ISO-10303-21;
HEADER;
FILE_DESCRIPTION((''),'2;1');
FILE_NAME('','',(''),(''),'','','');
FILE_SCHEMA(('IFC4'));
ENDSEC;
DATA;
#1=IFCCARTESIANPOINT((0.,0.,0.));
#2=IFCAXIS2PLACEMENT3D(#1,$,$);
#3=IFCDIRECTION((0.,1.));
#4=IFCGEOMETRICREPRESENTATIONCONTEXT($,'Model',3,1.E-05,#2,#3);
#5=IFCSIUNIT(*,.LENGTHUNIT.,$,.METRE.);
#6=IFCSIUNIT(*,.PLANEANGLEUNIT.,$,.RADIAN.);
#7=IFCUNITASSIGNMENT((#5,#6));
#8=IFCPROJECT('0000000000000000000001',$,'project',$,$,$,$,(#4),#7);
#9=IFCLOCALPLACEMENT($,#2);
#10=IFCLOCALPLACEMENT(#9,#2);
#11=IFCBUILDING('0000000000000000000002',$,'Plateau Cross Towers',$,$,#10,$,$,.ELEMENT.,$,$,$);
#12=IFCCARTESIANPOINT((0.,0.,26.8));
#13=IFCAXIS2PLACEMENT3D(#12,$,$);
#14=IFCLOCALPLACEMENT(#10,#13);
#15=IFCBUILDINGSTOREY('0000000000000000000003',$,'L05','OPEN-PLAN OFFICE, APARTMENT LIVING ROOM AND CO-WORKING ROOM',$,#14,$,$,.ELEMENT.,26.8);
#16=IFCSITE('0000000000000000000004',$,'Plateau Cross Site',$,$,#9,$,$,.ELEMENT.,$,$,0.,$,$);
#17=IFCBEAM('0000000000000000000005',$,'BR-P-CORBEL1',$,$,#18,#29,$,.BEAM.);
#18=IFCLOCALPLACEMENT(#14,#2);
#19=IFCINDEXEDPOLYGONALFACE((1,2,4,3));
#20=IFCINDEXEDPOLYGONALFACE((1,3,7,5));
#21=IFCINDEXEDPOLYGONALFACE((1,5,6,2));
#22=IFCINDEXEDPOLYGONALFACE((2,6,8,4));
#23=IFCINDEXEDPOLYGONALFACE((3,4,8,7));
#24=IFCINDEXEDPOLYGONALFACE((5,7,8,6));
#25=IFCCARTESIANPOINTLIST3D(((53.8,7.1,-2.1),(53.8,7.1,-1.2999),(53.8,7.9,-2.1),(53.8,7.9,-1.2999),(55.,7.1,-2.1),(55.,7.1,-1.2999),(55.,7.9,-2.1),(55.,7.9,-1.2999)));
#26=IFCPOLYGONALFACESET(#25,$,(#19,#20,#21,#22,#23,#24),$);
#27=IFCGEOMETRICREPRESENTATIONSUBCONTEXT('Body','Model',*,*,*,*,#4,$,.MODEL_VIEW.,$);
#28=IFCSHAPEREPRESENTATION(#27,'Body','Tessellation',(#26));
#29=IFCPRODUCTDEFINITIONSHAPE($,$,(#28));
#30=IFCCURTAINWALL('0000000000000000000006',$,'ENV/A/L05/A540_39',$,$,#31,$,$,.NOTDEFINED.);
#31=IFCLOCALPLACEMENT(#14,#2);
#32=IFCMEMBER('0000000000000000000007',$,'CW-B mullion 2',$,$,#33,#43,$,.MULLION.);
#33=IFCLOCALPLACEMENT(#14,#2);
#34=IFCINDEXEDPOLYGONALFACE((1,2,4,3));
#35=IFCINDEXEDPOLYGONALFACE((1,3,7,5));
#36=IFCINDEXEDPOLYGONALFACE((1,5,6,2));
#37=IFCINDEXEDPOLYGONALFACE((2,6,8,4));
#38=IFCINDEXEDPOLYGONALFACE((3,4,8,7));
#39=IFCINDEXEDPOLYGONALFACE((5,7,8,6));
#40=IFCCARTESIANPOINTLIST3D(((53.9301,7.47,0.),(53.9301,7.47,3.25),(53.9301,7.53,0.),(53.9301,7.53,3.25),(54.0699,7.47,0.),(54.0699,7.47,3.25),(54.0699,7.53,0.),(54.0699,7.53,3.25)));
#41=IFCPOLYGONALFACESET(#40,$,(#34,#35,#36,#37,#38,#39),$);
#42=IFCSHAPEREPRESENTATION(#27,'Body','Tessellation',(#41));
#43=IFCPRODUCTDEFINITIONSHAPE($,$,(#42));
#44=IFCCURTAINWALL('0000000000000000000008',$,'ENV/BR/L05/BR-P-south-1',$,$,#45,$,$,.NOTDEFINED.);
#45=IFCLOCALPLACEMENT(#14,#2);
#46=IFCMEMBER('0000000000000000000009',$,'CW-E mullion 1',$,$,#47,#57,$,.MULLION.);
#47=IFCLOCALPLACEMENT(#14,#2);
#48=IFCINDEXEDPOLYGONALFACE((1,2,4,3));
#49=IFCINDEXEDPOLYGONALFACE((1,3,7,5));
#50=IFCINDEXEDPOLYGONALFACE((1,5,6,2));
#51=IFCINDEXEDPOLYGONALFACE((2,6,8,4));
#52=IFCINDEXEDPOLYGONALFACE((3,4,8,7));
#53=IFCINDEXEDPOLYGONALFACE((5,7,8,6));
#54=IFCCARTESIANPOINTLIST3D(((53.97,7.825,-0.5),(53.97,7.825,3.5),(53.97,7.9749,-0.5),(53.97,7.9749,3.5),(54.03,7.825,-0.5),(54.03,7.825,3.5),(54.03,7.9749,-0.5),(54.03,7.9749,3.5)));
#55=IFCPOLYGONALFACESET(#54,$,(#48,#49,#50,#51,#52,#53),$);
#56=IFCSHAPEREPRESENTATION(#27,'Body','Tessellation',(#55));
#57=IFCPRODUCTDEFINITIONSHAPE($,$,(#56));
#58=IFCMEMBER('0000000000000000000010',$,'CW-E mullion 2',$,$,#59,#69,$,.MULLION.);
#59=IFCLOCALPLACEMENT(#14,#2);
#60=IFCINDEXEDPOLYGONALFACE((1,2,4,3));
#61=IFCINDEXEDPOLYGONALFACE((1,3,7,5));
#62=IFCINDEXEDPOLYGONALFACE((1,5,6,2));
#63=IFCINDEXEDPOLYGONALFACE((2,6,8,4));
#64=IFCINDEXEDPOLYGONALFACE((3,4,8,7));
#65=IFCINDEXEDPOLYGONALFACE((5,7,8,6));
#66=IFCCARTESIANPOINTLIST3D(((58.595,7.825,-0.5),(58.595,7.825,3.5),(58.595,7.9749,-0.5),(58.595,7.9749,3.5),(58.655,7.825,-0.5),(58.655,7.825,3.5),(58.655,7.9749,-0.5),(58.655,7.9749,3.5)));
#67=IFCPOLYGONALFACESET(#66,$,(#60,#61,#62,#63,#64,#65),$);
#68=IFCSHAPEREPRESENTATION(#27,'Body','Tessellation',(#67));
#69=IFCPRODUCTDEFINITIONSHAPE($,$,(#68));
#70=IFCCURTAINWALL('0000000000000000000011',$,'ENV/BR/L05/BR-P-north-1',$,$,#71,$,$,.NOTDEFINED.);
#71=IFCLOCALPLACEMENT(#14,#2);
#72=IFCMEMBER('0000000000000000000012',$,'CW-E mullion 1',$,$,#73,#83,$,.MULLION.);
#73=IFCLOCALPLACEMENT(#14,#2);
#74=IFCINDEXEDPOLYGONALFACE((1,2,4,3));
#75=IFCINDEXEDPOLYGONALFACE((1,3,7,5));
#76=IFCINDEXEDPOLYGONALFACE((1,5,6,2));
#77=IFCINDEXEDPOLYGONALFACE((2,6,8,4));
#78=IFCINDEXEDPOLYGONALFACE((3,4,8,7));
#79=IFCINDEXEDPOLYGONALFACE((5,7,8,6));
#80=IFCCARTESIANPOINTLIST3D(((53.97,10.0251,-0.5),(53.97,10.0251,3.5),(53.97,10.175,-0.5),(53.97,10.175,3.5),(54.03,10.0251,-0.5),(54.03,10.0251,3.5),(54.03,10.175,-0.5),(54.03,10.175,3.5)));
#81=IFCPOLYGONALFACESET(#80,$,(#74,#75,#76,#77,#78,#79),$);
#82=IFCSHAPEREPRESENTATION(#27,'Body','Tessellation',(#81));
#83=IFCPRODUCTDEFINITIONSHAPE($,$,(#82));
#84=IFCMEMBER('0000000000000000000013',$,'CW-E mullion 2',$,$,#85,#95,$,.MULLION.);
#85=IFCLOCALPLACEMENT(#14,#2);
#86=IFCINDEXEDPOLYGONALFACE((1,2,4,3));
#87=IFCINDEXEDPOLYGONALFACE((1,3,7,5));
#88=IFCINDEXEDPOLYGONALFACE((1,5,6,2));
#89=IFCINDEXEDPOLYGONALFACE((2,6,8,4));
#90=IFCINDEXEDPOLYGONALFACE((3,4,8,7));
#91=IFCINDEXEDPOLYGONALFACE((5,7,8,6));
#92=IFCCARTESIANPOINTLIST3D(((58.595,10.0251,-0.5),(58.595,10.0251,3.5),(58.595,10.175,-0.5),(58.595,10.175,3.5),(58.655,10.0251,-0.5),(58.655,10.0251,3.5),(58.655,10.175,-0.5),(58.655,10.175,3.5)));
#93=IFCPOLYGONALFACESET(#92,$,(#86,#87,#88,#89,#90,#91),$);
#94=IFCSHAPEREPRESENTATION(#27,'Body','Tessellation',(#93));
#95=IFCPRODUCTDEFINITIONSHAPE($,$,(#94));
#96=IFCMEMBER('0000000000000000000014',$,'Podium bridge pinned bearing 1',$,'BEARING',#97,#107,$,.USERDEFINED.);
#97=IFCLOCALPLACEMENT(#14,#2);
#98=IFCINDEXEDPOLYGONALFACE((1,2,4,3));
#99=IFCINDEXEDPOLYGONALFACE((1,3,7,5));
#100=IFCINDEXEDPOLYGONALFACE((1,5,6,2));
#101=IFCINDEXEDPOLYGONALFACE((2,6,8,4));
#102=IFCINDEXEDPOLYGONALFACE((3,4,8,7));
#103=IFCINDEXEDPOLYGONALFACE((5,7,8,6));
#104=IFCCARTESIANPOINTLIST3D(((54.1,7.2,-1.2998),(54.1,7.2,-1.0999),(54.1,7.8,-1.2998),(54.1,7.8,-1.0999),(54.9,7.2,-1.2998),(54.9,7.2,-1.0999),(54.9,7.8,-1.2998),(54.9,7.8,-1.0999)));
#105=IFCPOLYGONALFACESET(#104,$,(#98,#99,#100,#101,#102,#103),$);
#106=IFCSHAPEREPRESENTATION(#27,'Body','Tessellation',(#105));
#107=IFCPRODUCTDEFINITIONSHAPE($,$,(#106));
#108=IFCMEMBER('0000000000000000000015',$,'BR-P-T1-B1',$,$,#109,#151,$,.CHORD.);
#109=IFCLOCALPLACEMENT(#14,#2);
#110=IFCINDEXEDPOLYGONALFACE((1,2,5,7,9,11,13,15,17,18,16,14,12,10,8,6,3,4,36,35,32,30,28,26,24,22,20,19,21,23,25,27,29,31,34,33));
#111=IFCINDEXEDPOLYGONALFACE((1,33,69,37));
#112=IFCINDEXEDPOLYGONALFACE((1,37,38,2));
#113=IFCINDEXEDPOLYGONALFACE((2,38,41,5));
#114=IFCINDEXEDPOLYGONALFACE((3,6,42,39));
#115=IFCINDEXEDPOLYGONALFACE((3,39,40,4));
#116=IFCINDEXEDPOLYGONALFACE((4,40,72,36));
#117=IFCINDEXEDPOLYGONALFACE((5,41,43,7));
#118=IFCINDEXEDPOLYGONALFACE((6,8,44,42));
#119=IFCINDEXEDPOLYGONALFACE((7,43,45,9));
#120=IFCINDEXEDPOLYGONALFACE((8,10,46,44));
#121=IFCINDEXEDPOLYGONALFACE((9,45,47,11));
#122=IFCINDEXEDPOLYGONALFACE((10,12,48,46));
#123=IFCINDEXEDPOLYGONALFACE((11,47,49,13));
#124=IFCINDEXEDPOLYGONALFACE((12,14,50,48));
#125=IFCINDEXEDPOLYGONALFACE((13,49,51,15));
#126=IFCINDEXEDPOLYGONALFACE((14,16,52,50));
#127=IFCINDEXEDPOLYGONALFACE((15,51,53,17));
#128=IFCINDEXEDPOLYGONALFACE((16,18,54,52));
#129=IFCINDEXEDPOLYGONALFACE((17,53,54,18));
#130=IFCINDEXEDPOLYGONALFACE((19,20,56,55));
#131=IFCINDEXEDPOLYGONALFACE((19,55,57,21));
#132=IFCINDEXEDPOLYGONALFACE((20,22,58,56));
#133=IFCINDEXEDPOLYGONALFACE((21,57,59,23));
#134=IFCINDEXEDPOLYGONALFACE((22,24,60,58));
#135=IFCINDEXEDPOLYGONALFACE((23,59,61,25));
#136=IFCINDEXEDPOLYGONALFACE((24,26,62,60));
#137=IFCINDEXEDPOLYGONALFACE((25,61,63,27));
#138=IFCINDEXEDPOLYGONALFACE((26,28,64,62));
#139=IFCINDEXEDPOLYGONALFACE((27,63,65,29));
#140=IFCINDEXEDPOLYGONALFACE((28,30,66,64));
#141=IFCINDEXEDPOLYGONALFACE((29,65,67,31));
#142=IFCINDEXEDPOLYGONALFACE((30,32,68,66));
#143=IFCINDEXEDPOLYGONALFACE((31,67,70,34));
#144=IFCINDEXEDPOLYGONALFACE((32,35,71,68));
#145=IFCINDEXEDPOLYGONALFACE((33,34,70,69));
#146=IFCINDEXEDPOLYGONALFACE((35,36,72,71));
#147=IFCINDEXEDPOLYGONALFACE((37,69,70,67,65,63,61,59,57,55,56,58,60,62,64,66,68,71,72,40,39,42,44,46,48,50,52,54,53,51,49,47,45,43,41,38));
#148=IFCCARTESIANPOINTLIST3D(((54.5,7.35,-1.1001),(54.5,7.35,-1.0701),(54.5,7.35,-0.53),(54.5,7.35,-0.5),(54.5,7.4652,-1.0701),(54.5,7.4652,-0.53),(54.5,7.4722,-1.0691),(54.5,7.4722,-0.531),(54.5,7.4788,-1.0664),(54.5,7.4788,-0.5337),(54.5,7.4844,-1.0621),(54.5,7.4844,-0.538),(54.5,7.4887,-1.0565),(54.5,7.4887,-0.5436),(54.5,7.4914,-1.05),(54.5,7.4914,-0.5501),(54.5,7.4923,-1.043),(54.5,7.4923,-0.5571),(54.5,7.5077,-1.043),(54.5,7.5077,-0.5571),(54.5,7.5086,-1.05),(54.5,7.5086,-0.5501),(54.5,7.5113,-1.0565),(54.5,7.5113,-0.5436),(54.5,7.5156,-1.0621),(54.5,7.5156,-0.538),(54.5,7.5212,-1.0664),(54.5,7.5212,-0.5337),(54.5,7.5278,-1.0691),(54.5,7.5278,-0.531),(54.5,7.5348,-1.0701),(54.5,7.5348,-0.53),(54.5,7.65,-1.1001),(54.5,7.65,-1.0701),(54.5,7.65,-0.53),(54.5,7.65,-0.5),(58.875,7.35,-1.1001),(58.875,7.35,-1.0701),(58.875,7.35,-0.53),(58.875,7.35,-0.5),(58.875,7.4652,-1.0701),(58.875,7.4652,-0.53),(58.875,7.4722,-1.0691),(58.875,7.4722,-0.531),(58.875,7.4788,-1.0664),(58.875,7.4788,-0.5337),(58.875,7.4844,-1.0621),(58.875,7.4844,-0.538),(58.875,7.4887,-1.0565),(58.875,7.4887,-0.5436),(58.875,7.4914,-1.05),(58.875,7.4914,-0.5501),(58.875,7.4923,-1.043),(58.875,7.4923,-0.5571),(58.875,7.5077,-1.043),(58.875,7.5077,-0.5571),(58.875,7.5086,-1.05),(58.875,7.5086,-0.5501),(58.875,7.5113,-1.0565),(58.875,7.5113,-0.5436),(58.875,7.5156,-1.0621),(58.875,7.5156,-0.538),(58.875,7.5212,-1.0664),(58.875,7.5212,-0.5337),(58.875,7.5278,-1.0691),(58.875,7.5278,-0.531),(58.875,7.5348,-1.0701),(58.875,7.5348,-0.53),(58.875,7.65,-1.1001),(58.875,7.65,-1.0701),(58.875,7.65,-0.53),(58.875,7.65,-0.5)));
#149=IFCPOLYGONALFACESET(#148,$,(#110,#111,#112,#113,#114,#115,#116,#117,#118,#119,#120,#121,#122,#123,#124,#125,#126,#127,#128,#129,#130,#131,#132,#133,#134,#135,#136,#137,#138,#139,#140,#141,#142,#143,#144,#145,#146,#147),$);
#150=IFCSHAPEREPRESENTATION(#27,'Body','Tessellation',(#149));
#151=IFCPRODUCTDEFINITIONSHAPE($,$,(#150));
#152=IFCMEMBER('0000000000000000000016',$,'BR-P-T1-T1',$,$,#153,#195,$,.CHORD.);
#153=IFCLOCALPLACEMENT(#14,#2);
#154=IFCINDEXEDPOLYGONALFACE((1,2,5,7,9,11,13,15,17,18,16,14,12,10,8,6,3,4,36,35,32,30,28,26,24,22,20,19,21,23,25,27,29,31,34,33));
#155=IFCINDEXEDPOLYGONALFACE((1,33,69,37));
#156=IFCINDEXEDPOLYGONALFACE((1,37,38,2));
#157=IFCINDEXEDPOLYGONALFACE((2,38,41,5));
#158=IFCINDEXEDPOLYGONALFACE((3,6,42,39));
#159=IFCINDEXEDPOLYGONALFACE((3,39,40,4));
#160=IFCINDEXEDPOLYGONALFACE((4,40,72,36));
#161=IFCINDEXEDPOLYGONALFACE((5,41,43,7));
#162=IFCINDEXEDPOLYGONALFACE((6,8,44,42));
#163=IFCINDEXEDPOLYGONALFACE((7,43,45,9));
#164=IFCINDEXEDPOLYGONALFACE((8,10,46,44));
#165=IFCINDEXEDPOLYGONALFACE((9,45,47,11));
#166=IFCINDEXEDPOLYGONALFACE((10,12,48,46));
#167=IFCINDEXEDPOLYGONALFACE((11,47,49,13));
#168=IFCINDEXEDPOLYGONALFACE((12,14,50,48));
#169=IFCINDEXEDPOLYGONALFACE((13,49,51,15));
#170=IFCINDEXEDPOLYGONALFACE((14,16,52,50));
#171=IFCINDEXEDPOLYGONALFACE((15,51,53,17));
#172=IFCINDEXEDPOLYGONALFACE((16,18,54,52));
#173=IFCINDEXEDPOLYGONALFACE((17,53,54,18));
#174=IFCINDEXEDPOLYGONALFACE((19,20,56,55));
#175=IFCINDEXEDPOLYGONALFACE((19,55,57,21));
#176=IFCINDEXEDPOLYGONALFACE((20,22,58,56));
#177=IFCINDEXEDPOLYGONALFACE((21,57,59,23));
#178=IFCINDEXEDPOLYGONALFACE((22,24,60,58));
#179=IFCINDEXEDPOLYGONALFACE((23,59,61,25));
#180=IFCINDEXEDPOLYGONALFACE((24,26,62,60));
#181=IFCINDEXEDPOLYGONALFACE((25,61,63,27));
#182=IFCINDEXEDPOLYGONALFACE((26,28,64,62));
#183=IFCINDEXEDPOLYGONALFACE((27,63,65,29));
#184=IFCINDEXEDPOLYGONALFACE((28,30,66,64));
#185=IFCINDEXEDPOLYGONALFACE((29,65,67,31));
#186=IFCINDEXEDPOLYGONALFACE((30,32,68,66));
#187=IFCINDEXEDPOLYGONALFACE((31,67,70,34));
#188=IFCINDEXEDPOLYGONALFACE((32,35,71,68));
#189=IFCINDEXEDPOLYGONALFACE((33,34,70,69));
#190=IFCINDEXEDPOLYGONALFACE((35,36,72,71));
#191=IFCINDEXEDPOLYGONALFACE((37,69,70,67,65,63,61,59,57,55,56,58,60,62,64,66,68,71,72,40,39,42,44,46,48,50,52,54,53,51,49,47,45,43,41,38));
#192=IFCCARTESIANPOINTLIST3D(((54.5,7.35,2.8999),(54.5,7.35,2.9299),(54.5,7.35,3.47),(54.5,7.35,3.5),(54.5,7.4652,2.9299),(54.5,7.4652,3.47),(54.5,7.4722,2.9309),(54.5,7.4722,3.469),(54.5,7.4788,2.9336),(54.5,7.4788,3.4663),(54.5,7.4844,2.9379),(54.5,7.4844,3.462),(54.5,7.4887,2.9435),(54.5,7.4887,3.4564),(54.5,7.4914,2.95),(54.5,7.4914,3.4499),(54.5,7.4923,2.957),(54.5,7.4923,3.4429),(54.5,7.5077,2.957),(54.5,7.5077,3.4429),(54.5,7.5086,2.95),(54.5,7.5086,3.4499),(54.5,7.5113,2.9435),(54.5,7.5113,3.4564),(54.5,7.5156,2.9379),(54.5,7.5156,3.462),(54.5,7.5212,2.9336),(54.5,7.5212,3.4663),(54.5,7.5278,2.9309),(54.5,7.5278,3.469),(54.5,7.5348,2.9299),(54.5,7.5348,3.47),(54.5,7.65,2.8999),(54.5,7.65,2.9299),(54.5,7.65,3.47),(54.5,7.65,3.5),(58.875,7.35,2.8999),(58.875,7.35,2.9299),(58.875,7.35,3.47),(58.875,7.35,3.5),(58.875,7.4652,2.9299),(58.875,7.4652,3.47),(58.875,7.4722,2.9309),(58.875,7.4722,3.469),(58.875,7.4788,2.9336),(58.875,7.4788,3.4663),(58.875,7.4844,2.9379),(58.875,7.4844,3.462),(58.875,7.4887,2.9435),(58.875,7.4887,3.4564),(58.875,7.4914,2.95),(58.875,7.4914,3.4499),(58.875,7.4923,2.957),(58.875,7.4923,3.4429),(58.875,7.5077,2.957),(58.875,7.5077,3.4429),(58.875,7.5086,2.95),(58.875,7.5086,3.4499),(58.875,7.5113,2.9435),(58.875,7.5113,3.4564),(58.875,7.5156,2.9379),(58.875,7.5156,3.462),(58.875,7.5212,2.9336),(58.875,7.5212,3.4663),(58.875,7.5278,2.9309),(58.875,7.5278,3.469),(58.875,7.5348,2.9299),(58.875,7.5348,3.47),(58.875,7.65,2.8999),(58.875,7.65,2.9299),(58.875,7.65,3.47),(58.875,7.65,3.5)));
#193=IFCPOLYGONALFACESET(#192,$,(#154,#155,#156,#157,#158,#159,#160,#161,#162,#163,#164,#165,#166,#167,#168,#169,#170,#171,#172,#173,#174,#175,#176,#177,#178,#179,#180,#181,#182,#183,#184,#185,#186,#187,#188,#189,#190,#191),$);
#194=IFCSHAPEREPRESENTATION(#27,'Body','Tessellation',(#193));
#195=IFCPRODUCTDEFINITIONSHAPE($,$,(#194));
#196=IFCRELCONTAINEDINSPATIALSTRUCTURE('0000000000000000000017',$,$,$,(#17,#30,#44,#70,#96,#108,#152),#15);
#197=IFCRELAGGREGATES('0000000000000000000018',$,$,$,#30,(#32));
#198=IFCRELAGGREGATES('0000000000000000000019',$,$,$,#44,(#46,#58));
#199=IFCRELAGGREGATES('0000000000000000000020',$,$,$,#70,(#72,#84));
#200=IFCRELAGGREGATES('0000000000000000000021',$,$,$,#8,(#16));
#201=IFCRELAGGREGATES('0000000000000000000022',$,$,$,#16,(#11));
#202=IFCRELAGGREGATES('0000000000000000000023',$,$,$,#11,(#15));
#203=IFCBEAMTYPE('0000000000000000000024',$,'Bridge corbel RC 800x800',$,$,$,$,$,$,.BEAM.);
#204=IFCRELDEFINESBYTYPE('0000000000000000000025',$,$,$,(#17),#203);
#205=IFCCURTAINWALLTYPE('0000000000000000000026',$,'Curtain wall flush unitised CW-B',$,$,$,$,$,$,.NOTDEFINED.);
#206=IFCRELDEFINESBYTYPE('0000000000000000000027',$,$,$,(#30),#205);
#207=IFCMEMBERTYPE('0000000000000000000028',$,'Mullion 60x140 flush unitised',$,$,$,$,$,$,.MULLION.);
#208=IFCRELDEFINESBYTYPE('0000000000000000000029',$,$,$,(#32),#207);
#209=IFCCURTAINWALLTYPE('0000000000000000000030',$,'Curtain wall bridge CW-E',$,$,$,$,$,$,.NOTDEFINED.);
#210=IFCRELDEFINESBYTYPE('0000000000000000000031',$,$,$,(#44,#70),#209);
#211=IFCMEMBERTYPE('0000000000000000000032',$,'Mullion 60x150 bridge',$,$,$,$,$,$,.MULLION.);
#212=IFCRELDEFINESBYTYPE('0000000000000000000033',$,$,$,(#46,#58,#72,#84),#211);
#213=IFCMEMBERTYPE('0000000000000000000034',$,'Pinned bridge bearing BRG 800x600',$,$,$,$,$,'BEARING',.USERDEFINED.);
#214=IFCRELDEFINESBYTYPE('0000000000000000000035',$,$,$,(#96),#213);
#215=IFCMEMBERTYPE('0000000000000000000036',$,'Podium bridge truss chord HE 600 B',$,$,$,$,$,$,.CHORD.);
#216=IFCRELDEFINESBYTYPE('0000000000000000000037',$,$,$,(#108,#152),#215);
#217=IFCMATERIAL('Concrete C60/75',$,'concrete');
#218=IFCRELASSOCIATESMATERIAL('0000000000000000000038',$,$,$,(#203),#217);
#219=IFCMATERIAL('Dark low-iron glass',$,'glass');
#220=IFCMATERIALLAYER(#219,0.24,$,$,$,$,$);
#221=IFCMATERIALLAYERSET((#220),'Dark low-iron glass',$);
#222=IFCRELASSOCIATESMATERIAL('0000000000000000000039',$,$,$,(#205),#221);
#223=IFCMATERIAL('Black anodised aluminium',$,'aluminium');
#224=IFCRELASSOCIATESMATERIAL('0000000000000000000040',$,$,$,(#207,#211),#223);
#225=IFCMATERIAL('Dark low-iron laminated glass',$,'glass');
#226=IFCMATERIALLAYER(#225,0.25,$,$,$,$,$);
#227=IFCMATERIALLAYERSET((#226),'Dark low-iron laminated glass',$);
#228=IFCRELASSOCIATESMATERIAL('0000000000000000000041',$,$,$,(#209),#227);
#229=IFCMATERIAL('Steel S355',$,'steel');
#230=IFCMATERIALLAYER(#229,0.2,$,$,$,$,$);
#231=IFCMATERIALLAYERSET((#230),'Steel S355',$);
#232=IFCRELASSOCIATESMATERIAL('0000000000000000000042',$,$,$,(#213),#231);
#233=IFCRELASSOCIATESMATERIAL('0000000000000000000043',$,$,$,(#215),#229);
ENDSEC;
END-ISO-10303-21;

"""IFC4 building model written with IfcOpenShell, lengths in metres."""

from ifc_helpers import new_model, si_unit, direction, frame, origin, origin_2d, place, context, subcontext, project, spatial, rectangle, i_section, extrude, material, layer, layer_set, material_profile, profile_set, type_object, element, aggregate, save


model = new_model("IFC4")

# Units and contexts
model_context = context("Model", 3, precision=1e-05, world=origin(), true_north=direction((0.0, 1.0)))
body_context = subcontext(model_context, "Body", "Model", "MODEL_VIEW")
ifc_project = project(units=[si_unit("LENGTHUNIT", "METRE"), si_unit("PLANEANGLEUNIT", "RADIAN")], contexts=[model_context])

# Site, building, storey
site_placement = place(None, origin())
site = spatial("IfcSite", under=ifc_project, at=site_placement, Name="Plateau Cross Site", CompositionType="ELEMENT", RefElevation=0.0)
building_placement = place(site_placement, origin())
building = spatial("IfcBuilding", under=site, at=building_placement, Name="Plateau Cross Towers", CompositionType="ELEMENT")
storey_placement = place(building_placement, frame((0.0, 0.0, 26.8)))
storey = spatial("IfcBuildingStorey", under=building, at=storey_placement, Name="L05", Description="OPEN-PLAN OFFICE, APARTMENT LIVING ROOM AND CO-WORKING ROOM", CompositionType="ELEMENT", Elevation=26.8)

# Beam
ifc_material_1 = material(Name="Concrete C60/75", Category="concrete")
ifc_material_profile_1 = material_profile(ifc_material_1, rectangle(XDim=0.8, YDim=0.8, at=origin_2d()), Name="RC 800x800")
ifc_profile_set_1 = profile_set([ifc_material_profile_1], Name="Concrete C60/75")
beam_type_1 = type_object("IfcBeamType", Name="Bridge corbel RC 800x800", PredefinedType="BEAM", material=ifc_profile_set_1)
beam_1_placement = place(storey_placement, frame((53.8, 7.5, -1.7), z_axis=(1.0, 0.0, 0.0), x_axis=(0.0, 1.0, 0.0)))
element("IfcBeam", 1, at=beam_1_placement, inside=storey, type_object=beam_type_1, Name="BR-P-CORBEL1", PredefinedType="BEAM", context=body_context, shape_type="SweptSolid", body=[
    extrude(rectangle(XDim=0.8, YDim=0.8, at=origin_2d()), origin(), (0.0, 0.0, 1.0), 1.2),
])

# Curtain wall, member
ifc_material_2 = material(Name="Dark low-iron glass", Category="glass")
ifc_layer_1 = layer(ifc_material_2, 0.24)
ifc_layer_set_1 = layer_set([ifc_layer_1], Name="Dark low-iron glass")
curtain_wall_type_1 = type_object("IfcCurtainWallType", Name="Curtain wall flush unitised CW-B", PredefinedType="NOTDEFINED", material=ifc_layer_set_1)
curtain_wall_1_placement = place(storey_placement, origin())
curtain_wall_1 = element("IfcCurtainWall", 2, at=curtain_wall_1_placement, inside=storey, type_object=curtain_wall_type_1, Name="ENV/A/L05/A540_39", PredefinedType="NOTDEFINED")
ifc_material_3 = material(Name="Black anodised aluminium", Category="aluminium")
ifc_material_profile_2 = material_profile(ifc_material_3, rectangle(XDim=0.0601, YDim=0.1399, at=origin_2d()), Name="MULLION 60x140")
ifc_profile_set_2 = profile_set([ifc_material_profile_2], Name="Black anodised aluminium")
member_type_1 = type_object("IfcMemberType", Name="Mullion 60x140 flush unitised", PredefinedType="MULLION", material=ifc_profile_set_2)
member_1_placement = place(storey_placement, frame((54.0, 7.5, 0.0), z_axis=(0.0, 0.0, 1.0), x_axis=(0.0, 1.0, 0.0)))
member_1 = element("IfcMember", 3, at=member_1_placement, type_object=member_type_1, Name="CW-B mullion 2", PredefinedType="MULLION", context=body_context, shape_type="SweptSolid", body=[
    extrude(rectangle(XDim=0.0601, YDim=0.1399, at=origin_2d()), origin(), (0.0, 0.0, 1.0), 3.25),
])
aggregate(curtain_wall_1, [member_1])

# Curtain walls, members
ifc_material_4 = material(Name="Dark low-iron laminated glass", Category="glass")
ifc_layer_2 = layer(ifc_material_4, 0.25)
ifc_layer_set_2 = layer_set([ifc_layer_2], Name="Dark low-iron laminated glass")
curtain_wall_type_2 = type_object("IfcCurtainWallType", Name="Curtain wall bridge CW-E", PredefinedType="NOTDEFINED", material=ifc_layer_set_2)
curtain_wall_2_placement = place(storey_placement, origin())
curtain_wall_2 = element("IfcCurtainWall", 4, at=curtain_wall_2_placement, inside=storey, type_object=curtain_wall_type_2, Name="ENV/BR/L05/BR-P-south-1", PredefinedType="NOTDEFINED")
ifc_material_profile_3 = material_profile(ifc_material_3, rectangle(XDim=0.0601, YDim=0.1499, at=origin_2d()), Name="MULLION 60x150")
ifc_profile_set_3 = profile_set([ifc_material_profile_3], Name="Black anodised aluminium")
member_type_2 = type_object("IfcMemberType", Name="Mullion 60x150 bridge", PredefinedType="MULLION", material=ifc_profile_set_3)
member_2_placement = place(storey_placement, frame((54.0, 7.8999, -0.5), z_axis=(0.0, 0.0, 1.0), x_axis=(1.0, 0.0, 0.0)))
member_2 = element("IfcMember", 5, at=member_2_placement, type_object=member_type_2, Name="CW-E mullion 1", PredefinedType="MULLION", context=body_context, shape_type="SweptSolid", body=[
    extrude(rectangle(XDim=0.0601, YDim=0.1499, at=origin_2d()), origin(), (0.0, 0.0, 1.0), 4.0),
])
member_3_placement = place(storey_placement, frame((58.625, 7.8999, -0.5), z_axis=(0.0, 0.0, 1.0), x_axis=(1.0, 0.0, 0.0)))
member_3 = element("IfcMember", 6, at=member_3_placement, type_object=member_type_2, Name="CW-E mullion 2", PredefinedType="MULLION", context=body_context, shape_type="SweptSolid", body=[
    extrude(rectangle(XDim=0.0601, YDim=0.1499, at=origin_2d()), origin(), (0.0, 0.0, 1.0), 4.0),
])
curtain_wall_3_placement = place(storey_placement, origin())
curtain_wall_3 = element("IfcCurtainWall", 7, at=curtain_wall_3_placement, inside=storey, type_object=curtain_wall_type_2, Name="ENV/BR/L05/BR-P-north-1", PredefinedType="NOTDEFINED")
member_4_placement = place(storey_placement, frame((54.0, 10.1001, -0.5), z_axis=(0.0, 0.0, 1.0), x_axis=(1.0, 0.0, 0.0)))
member_4 = element("IfcMember", 8, at=member_4_placement, type_object=member_type_2, Name="CW-E mullion 1", PredefinedType="MULLION", context=body_context, shape_type="SweptSolid", body=[
    extrude(rectangle(XDim=0.0601, YDim=0.1499, at=origin_2d()), origin(), (0.0, 0.0, 1.0), 4.0),
])
member_5_placement = place(storey_placement, frame((58.625, 10.1001, -0.5), z_axis=(0.0, 0.0, 1.0), x_axis=(1.0, 0.0, 0.0)))
member_5 = element("IfcMember", 9, at=member_5_placement, type_object=member_type_2, Name="CW-E mullion 2", PredefinedType="MULLION", context=body_context, shape_type="SweptSolid", body=[
    extrude(rectangle(XDim=0.0601, YDim=0.1499, at=origin_2d()), origin(), (0.0, 0.0, 1.0), 4.0),
])

# Members
ifc_material_5 = material(Name="Steel S355", Category="steel")
ifc_layer_3 = layer(ifc_material_5, 0.2)
ifc_layer_set_3 = layer_set([ifc_layer_3], Name="Steel S355")
member_type_3 = type_object("IfcMemberType", Name="Pinned bridge bearing BRG 800x600", ElementType="BEARING", PredefinedType="USERDEFINED", material=ifc_layer_set_3)
member_6_placement = place(storey_placement, frame((54.5, 7.5, -1.2998), z_axis=(0.0, 0.0, 1.0), x_axis=(1.0, 0.0, 0.0)))
element("IfcMember", 10, at=member_6_placement, inside=storey, type_object=member_type_3, Name="Podium bridge pinned bearing 1", ObjectType="BEARING", PredefinedType="USERDEFINED", context=body_context, shape_type="SweptSolid", body=[
    extrude(rectangle(XDim=0.8, YDim=0.6001, at=origin_2d()), origin(), (0.0, 0.0, 1.0), 0.2),
])
ifc_material_profile_4 = material_profile(ifc_material_5, i_section(OverallWidth=0.3, OverallDepth=0.6001, WebThickness=0.0154, FlangeThickness=0.03, FilletRadius=0.0271, at=origin_2d()), Name="HE 600 B")
ifc_profile_set_4 = profile_set([ifc_material_profile_4], Name="Steel S355")
member_type_4 = type_object("IfcMemberType", Name="Podium bridge truss chord HE 600 B", PredefinedType="CHORD", material=ifc_profile_set_4)
for number, where, z_axis, x_axis, name in (
    (11, (54.5, 7.5, -0.8), (1.0, 0.0, 0.0), (0.0, 1.0, 0.0), "BR-P-T1-B1"),
    (12, (54.5, 7.5, 3.2), (1.0, 0.0, 0.0), (0.0, 1.0, 0.0), "BR-P-T1-T1"),
):
    element("IfcMember", number, at=place(storey_placement, frame(where, z_axis=z_axis, x_axis=x_axis)), inside=storey, type_object=member_type_4, Name=name, PredefinedType="CHORD", context=body_context, shape_type="SweptSolid", body=[
        extrude(i_section(OverallWidth=0.3, OverallDepth=0.6001, WebThickness=0.0154, FlangeThickness=0.03, FilletRadius=0.0271, at=origin_2d()), origin(), (0.0, 0.0, 1.0), 4.375),
    ])

aggregate(curtain_wall_2, [member_2, member_3])
aggregate(curtain_wall_3, [member_4, member_5])

save(model, "model.ifc")
